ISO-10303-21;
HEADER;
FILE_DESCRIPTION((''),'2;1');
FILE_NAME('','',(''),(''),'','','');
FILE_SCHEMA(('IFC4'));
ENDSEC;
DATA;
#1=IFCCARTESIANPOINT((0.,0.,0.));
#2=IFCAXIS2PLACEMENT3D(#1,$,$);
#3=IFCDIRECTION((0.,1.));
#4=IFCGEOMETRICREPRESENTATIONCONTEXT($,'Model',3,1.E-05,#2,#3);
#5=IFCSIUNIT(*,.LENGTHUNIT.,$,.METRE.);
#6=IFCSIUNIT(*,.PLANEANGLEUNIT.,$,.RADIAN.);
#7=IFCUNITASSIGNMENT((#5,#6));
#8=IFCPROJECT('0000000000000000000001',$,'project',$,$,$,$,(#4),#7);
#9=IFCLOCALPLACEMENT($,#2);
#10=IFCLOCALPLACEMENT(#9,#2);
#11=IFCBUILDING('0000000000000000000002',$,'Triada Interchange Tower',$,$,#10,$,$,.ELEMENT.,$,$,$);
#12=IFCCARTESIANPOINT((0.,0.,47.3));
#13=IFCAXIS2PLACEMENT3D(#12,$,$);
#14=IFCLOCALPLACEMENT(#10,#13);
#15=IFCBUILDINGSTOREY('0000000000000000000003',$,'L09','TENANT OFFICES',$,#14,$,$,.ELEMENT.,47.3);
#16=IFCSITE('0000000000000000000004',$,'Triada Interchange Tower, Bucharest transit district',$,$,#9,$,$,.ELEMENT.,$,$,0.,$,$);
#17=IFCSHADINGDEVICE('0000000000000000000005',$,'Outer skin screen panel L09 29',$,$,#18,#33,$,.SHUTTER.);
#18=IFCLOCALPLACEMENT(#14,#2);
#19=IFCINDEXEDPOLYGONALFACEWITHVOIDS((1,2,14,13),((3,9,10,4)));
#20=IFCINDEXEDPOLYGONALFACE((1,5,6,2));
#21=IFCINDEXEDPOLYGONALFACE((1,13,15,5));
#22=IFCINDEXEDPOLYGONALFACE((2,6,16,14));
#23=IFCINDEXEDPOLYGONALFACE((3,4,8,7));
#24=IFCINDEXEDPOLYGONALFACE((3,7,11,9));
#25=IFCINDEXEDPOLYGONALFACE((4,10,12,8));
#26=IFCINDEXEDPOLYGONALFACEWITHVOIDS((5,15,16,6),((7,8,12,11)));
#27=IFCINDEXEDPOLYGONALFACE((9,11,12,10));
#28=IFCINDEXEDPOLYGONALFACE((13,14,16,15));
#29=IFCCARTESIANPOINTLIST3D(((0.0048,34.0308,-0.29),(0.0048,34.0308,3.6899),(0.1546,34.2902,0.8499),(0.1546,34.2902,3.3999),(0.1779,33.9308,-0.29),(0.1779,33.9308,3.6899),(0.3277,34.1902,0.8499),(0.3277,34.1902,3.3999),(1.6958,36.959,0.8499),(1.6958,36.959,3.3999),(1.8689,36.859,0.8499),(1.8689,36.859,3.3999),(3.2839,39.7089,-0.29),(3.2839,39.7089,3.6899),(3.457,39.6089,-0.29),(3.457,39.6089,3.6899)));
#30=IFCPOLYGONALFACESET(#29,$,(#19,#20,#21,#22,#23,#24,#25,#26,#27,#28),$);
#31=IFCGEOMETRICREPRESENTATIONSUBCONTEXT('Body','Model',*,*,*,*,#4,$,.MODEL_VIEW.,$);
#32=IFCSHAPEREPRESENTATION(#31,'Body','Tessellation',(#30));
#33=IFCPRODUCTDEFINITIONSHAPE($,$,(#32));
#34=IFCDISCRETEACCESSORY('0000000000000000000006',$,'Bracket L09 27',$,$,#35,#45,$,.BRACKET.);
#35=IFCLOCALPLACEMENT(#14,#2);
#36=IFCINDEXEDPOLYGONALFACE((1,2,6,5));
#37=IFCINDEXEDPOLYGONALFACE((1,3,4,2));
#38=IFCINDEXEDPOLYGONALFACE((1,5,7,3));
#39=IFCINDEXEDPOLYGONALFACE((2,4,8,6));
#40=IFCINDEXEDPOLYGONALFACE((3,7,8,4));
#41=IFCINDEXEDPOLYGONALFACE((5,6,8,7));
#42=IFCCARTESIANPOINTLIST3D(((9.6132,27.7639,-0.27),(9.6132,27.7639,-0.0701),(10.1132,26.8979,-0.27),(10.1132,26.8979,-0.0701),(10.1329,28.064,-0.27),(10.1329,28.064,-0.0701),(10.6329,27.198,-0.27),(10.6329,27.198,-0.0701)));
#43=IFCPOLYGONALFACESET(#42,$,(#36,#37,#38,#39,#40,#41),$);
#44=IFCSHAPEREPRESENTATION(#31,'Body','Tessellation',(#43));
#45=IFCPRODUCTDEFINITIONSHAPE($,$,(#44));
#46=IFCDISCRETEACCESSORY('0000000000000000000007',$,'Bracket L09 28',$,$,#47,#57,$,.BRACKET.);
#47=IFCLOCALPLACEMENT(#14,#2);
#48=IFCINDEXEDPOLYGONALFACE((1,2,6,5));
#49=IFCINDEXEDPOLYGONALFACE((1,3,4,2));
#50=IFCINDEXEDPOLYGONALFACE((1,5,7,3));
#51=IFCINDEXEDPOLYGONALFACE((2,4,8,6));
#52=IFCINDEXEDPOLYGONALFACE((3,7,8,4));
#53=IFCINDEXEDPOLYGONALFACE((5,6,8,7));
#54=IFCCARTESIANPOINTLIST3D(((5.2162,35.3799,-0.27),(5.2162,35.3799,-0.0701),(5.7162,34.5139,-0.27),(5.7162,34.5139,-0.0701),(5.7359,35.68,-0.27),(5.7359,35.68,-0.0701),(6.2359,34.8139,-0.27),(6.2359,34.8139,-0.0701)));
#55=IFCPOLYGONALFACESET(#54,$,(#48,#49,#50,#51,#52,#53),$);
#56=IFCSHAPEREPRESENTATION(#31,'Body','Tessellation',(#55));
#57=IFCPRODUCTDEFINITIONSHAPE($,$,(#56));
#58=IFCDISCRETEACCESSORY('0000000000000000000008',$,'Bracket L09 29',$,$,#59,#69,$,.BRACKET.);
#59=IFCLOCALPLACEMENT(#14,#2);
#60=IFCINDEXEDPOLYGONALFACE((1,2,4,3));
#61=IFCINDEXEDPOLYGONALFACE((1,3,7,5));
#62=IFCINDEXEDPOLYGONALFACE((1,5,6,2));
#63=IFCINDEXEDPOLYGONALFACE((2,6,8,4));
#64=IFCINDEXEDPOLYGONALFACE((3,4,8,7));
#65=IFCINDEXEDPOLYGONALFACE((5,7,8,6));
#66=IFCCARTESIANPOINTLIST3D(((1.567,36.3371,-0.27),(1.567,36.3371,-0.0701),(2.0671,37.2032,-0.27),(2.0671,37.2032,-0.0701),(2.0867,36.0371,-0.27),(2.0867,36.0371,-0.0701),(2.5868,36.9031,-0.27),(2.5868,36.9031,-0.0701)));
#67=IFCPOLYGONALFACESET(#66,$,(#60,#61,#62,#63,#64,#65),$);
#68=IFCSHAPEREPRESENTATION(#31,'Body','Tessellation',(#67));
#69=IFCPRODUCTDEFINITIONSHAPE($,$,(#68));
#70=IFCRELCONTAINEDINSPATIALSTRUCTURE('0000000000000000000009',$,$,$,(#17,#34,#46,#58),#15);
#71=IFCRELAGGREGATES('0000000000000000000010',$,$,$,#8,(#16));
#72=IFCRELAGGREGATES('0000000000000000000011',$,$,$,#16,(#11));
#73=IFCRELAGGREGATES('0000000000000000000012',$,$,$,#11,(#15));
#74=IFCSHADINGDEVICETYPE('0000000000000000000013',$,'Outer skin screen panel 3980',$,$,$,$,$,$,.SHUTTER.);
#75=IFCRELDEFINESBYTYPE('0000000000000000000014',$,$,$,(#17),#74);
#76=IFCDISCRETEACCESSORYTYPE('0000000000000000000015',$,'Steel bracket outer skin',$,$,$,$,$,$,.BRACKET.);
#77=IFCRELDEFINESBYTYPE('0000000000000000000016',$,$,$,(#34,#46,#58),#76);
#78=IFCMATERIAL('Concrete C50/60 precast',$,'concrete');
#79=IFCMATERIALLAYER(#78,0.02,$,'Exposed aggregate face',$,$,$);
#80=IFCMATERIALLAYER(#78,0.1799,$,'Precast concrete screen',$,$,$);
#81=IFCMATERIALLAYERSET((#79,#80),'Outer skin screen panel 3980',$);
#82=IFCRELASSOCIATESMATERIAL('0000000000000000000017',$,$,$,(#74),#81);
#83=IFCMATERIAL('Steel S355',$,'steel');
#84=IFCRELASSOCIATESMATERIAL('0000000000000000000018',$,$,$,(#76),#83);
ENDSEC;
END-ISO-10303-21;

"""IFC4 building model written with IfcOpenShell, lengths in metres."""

from ifc_helpers import new_model, si_unit, direction, frame, origin, origin_2d, place, context, subcontext, project, spatial, polyline, rectangle, outline, extrude, material, layer, layer_set, type_object, element, save


model = new_model("IFC4")

# Units and contexts
model_context = context("Model", 3, precision=1e-05, world=origin(), true_north=direction((0.0, 1.0)))
body_context = subcontext(model_context, "Body", "Model", "MODEL_VIEW")
ifc_project = project(units=[si_unit("LENGTHUNIT", "METRE"), si_unit("PLANEANGLEUNIT", "RADIAN")], contexts=[model_context])

# Site, building, storey
site_placement = place(None, origin())
site = spatial("IfcSite", under=ifc_project, at=site_placement, Name="Triada Interchange Tower, Bucharest transit district", CompositionType="ELEMENT", RefElevation=0.0)
building_placement = place(site_placement, origin())
building = spatial("IfcBuilding", under=site, at=building_placement, Name="Triada Interchange Tower", CompositionType="ELEMENT")
storey_placement = place(building_placement, frame((0.0, 0.0, 47.3)))
storey = spatial("IfcBuildingStorey", under=building, at=storey_placement, Name="L09", Description="TENANT OFFICES", CompositionType="ELEMENT", Elevation=47.3)

# Shading device
ifc_material_1 = material(Name="Concrete C50/60 precast", Category="concrete")
ifc_layer_1 = layer(ifc_material_1, 0.02, Name="Exposed aggregate face")
ifc_layer_2 = layer(ifc_material_1, 0.1799, Name="Precast concrete screen")
ifc_layer_set_1 = layer_set([ifc_layer_1, ifc_layer_2], Name="Outer skin screen panel 3980")
shading_device_type = type_object("IfcShadingDeviceType", Name="Outer skin screen panel 3980", PredefinedType="SHUTTER", material=ifc_layer_set_1)
shading_device_1_placement = place(storey_placement, frame((3.457, 39.6089, -0.29), z_axis=(0.0, 0.0, 1.0), x_axis=(-0.5001, -0.865968, 0.0)))
element("IfcShadingDevice", 1, at=shading_device_1_placement, inside=storey, type_object=shading_device_type, Name="Outer skin screen panel L09 29", PredefinedType="SHUTTER", context=body_context, shape_type="SweptSolid", body=[
    extrude(outline(polyline([(0.0, 0.0), (6.5569, 0.0), (6.5569, 3.98), (0.0, 3.98), (0.0, 0.0)]), holes=[polyline([(3.1755, 1.1399), (3.1755, 3.6899), (6.2573, 3.6899), (6.2573, 1.1399), (3.1755, 1.1399)])]), frame((0.0, 0.0, 0.0), z_axis=(0.0, -1.0, 0.0), x_axis=(1.0, 0.0, 0.0)), (0.0, 0.0, 1.0), 0.2),
])

# Discrete accessories
ifc_material_2 = material(Name="Steel S355", Category="steel")
discrete_accessory_type = type_object("IfcDiscreteAccessoryType", Name="Steel bracket outer skin", PredefinedType="BRACKET", material=ifc_material_2)
for number, where, z_axis, x_axis, name in (
    (2, (10.123, 27.481, -0.27), (0.0, 0.0, 1.0), (0.866026, 0.499999, 0.0), "Bracket L09 27"),
    (3, (5.7261, 35.0969, -0.27), (0.0, 0.0, 1.0), (0.866026, 0.499999, 0.0), "Bracket L09 28"),
    (4, (2.0769, 36.6201, -0.27), (0.0, 0.0, 1.0), (-0.866012, 0.500023, 0.0), "Bracket L09 29"),
):
    element("IfcDiscreteAccessory", number, at=place(storey_placement, frame(where, z_axis=z_axis, x_axis=x_axis)), inside=storey, type_object=discrete_accessory_type, Name=name, PredefinedType="BRACKET", context=body_context, shape_type="SweptSolid", body=[
        extrude(rectangle(XDim=0.6001, YDim=1.0, at=origin_2d()), origin(), (0.0, 0.0, 1.0), 0.2),
    ])

save(model, "model.ifc")
